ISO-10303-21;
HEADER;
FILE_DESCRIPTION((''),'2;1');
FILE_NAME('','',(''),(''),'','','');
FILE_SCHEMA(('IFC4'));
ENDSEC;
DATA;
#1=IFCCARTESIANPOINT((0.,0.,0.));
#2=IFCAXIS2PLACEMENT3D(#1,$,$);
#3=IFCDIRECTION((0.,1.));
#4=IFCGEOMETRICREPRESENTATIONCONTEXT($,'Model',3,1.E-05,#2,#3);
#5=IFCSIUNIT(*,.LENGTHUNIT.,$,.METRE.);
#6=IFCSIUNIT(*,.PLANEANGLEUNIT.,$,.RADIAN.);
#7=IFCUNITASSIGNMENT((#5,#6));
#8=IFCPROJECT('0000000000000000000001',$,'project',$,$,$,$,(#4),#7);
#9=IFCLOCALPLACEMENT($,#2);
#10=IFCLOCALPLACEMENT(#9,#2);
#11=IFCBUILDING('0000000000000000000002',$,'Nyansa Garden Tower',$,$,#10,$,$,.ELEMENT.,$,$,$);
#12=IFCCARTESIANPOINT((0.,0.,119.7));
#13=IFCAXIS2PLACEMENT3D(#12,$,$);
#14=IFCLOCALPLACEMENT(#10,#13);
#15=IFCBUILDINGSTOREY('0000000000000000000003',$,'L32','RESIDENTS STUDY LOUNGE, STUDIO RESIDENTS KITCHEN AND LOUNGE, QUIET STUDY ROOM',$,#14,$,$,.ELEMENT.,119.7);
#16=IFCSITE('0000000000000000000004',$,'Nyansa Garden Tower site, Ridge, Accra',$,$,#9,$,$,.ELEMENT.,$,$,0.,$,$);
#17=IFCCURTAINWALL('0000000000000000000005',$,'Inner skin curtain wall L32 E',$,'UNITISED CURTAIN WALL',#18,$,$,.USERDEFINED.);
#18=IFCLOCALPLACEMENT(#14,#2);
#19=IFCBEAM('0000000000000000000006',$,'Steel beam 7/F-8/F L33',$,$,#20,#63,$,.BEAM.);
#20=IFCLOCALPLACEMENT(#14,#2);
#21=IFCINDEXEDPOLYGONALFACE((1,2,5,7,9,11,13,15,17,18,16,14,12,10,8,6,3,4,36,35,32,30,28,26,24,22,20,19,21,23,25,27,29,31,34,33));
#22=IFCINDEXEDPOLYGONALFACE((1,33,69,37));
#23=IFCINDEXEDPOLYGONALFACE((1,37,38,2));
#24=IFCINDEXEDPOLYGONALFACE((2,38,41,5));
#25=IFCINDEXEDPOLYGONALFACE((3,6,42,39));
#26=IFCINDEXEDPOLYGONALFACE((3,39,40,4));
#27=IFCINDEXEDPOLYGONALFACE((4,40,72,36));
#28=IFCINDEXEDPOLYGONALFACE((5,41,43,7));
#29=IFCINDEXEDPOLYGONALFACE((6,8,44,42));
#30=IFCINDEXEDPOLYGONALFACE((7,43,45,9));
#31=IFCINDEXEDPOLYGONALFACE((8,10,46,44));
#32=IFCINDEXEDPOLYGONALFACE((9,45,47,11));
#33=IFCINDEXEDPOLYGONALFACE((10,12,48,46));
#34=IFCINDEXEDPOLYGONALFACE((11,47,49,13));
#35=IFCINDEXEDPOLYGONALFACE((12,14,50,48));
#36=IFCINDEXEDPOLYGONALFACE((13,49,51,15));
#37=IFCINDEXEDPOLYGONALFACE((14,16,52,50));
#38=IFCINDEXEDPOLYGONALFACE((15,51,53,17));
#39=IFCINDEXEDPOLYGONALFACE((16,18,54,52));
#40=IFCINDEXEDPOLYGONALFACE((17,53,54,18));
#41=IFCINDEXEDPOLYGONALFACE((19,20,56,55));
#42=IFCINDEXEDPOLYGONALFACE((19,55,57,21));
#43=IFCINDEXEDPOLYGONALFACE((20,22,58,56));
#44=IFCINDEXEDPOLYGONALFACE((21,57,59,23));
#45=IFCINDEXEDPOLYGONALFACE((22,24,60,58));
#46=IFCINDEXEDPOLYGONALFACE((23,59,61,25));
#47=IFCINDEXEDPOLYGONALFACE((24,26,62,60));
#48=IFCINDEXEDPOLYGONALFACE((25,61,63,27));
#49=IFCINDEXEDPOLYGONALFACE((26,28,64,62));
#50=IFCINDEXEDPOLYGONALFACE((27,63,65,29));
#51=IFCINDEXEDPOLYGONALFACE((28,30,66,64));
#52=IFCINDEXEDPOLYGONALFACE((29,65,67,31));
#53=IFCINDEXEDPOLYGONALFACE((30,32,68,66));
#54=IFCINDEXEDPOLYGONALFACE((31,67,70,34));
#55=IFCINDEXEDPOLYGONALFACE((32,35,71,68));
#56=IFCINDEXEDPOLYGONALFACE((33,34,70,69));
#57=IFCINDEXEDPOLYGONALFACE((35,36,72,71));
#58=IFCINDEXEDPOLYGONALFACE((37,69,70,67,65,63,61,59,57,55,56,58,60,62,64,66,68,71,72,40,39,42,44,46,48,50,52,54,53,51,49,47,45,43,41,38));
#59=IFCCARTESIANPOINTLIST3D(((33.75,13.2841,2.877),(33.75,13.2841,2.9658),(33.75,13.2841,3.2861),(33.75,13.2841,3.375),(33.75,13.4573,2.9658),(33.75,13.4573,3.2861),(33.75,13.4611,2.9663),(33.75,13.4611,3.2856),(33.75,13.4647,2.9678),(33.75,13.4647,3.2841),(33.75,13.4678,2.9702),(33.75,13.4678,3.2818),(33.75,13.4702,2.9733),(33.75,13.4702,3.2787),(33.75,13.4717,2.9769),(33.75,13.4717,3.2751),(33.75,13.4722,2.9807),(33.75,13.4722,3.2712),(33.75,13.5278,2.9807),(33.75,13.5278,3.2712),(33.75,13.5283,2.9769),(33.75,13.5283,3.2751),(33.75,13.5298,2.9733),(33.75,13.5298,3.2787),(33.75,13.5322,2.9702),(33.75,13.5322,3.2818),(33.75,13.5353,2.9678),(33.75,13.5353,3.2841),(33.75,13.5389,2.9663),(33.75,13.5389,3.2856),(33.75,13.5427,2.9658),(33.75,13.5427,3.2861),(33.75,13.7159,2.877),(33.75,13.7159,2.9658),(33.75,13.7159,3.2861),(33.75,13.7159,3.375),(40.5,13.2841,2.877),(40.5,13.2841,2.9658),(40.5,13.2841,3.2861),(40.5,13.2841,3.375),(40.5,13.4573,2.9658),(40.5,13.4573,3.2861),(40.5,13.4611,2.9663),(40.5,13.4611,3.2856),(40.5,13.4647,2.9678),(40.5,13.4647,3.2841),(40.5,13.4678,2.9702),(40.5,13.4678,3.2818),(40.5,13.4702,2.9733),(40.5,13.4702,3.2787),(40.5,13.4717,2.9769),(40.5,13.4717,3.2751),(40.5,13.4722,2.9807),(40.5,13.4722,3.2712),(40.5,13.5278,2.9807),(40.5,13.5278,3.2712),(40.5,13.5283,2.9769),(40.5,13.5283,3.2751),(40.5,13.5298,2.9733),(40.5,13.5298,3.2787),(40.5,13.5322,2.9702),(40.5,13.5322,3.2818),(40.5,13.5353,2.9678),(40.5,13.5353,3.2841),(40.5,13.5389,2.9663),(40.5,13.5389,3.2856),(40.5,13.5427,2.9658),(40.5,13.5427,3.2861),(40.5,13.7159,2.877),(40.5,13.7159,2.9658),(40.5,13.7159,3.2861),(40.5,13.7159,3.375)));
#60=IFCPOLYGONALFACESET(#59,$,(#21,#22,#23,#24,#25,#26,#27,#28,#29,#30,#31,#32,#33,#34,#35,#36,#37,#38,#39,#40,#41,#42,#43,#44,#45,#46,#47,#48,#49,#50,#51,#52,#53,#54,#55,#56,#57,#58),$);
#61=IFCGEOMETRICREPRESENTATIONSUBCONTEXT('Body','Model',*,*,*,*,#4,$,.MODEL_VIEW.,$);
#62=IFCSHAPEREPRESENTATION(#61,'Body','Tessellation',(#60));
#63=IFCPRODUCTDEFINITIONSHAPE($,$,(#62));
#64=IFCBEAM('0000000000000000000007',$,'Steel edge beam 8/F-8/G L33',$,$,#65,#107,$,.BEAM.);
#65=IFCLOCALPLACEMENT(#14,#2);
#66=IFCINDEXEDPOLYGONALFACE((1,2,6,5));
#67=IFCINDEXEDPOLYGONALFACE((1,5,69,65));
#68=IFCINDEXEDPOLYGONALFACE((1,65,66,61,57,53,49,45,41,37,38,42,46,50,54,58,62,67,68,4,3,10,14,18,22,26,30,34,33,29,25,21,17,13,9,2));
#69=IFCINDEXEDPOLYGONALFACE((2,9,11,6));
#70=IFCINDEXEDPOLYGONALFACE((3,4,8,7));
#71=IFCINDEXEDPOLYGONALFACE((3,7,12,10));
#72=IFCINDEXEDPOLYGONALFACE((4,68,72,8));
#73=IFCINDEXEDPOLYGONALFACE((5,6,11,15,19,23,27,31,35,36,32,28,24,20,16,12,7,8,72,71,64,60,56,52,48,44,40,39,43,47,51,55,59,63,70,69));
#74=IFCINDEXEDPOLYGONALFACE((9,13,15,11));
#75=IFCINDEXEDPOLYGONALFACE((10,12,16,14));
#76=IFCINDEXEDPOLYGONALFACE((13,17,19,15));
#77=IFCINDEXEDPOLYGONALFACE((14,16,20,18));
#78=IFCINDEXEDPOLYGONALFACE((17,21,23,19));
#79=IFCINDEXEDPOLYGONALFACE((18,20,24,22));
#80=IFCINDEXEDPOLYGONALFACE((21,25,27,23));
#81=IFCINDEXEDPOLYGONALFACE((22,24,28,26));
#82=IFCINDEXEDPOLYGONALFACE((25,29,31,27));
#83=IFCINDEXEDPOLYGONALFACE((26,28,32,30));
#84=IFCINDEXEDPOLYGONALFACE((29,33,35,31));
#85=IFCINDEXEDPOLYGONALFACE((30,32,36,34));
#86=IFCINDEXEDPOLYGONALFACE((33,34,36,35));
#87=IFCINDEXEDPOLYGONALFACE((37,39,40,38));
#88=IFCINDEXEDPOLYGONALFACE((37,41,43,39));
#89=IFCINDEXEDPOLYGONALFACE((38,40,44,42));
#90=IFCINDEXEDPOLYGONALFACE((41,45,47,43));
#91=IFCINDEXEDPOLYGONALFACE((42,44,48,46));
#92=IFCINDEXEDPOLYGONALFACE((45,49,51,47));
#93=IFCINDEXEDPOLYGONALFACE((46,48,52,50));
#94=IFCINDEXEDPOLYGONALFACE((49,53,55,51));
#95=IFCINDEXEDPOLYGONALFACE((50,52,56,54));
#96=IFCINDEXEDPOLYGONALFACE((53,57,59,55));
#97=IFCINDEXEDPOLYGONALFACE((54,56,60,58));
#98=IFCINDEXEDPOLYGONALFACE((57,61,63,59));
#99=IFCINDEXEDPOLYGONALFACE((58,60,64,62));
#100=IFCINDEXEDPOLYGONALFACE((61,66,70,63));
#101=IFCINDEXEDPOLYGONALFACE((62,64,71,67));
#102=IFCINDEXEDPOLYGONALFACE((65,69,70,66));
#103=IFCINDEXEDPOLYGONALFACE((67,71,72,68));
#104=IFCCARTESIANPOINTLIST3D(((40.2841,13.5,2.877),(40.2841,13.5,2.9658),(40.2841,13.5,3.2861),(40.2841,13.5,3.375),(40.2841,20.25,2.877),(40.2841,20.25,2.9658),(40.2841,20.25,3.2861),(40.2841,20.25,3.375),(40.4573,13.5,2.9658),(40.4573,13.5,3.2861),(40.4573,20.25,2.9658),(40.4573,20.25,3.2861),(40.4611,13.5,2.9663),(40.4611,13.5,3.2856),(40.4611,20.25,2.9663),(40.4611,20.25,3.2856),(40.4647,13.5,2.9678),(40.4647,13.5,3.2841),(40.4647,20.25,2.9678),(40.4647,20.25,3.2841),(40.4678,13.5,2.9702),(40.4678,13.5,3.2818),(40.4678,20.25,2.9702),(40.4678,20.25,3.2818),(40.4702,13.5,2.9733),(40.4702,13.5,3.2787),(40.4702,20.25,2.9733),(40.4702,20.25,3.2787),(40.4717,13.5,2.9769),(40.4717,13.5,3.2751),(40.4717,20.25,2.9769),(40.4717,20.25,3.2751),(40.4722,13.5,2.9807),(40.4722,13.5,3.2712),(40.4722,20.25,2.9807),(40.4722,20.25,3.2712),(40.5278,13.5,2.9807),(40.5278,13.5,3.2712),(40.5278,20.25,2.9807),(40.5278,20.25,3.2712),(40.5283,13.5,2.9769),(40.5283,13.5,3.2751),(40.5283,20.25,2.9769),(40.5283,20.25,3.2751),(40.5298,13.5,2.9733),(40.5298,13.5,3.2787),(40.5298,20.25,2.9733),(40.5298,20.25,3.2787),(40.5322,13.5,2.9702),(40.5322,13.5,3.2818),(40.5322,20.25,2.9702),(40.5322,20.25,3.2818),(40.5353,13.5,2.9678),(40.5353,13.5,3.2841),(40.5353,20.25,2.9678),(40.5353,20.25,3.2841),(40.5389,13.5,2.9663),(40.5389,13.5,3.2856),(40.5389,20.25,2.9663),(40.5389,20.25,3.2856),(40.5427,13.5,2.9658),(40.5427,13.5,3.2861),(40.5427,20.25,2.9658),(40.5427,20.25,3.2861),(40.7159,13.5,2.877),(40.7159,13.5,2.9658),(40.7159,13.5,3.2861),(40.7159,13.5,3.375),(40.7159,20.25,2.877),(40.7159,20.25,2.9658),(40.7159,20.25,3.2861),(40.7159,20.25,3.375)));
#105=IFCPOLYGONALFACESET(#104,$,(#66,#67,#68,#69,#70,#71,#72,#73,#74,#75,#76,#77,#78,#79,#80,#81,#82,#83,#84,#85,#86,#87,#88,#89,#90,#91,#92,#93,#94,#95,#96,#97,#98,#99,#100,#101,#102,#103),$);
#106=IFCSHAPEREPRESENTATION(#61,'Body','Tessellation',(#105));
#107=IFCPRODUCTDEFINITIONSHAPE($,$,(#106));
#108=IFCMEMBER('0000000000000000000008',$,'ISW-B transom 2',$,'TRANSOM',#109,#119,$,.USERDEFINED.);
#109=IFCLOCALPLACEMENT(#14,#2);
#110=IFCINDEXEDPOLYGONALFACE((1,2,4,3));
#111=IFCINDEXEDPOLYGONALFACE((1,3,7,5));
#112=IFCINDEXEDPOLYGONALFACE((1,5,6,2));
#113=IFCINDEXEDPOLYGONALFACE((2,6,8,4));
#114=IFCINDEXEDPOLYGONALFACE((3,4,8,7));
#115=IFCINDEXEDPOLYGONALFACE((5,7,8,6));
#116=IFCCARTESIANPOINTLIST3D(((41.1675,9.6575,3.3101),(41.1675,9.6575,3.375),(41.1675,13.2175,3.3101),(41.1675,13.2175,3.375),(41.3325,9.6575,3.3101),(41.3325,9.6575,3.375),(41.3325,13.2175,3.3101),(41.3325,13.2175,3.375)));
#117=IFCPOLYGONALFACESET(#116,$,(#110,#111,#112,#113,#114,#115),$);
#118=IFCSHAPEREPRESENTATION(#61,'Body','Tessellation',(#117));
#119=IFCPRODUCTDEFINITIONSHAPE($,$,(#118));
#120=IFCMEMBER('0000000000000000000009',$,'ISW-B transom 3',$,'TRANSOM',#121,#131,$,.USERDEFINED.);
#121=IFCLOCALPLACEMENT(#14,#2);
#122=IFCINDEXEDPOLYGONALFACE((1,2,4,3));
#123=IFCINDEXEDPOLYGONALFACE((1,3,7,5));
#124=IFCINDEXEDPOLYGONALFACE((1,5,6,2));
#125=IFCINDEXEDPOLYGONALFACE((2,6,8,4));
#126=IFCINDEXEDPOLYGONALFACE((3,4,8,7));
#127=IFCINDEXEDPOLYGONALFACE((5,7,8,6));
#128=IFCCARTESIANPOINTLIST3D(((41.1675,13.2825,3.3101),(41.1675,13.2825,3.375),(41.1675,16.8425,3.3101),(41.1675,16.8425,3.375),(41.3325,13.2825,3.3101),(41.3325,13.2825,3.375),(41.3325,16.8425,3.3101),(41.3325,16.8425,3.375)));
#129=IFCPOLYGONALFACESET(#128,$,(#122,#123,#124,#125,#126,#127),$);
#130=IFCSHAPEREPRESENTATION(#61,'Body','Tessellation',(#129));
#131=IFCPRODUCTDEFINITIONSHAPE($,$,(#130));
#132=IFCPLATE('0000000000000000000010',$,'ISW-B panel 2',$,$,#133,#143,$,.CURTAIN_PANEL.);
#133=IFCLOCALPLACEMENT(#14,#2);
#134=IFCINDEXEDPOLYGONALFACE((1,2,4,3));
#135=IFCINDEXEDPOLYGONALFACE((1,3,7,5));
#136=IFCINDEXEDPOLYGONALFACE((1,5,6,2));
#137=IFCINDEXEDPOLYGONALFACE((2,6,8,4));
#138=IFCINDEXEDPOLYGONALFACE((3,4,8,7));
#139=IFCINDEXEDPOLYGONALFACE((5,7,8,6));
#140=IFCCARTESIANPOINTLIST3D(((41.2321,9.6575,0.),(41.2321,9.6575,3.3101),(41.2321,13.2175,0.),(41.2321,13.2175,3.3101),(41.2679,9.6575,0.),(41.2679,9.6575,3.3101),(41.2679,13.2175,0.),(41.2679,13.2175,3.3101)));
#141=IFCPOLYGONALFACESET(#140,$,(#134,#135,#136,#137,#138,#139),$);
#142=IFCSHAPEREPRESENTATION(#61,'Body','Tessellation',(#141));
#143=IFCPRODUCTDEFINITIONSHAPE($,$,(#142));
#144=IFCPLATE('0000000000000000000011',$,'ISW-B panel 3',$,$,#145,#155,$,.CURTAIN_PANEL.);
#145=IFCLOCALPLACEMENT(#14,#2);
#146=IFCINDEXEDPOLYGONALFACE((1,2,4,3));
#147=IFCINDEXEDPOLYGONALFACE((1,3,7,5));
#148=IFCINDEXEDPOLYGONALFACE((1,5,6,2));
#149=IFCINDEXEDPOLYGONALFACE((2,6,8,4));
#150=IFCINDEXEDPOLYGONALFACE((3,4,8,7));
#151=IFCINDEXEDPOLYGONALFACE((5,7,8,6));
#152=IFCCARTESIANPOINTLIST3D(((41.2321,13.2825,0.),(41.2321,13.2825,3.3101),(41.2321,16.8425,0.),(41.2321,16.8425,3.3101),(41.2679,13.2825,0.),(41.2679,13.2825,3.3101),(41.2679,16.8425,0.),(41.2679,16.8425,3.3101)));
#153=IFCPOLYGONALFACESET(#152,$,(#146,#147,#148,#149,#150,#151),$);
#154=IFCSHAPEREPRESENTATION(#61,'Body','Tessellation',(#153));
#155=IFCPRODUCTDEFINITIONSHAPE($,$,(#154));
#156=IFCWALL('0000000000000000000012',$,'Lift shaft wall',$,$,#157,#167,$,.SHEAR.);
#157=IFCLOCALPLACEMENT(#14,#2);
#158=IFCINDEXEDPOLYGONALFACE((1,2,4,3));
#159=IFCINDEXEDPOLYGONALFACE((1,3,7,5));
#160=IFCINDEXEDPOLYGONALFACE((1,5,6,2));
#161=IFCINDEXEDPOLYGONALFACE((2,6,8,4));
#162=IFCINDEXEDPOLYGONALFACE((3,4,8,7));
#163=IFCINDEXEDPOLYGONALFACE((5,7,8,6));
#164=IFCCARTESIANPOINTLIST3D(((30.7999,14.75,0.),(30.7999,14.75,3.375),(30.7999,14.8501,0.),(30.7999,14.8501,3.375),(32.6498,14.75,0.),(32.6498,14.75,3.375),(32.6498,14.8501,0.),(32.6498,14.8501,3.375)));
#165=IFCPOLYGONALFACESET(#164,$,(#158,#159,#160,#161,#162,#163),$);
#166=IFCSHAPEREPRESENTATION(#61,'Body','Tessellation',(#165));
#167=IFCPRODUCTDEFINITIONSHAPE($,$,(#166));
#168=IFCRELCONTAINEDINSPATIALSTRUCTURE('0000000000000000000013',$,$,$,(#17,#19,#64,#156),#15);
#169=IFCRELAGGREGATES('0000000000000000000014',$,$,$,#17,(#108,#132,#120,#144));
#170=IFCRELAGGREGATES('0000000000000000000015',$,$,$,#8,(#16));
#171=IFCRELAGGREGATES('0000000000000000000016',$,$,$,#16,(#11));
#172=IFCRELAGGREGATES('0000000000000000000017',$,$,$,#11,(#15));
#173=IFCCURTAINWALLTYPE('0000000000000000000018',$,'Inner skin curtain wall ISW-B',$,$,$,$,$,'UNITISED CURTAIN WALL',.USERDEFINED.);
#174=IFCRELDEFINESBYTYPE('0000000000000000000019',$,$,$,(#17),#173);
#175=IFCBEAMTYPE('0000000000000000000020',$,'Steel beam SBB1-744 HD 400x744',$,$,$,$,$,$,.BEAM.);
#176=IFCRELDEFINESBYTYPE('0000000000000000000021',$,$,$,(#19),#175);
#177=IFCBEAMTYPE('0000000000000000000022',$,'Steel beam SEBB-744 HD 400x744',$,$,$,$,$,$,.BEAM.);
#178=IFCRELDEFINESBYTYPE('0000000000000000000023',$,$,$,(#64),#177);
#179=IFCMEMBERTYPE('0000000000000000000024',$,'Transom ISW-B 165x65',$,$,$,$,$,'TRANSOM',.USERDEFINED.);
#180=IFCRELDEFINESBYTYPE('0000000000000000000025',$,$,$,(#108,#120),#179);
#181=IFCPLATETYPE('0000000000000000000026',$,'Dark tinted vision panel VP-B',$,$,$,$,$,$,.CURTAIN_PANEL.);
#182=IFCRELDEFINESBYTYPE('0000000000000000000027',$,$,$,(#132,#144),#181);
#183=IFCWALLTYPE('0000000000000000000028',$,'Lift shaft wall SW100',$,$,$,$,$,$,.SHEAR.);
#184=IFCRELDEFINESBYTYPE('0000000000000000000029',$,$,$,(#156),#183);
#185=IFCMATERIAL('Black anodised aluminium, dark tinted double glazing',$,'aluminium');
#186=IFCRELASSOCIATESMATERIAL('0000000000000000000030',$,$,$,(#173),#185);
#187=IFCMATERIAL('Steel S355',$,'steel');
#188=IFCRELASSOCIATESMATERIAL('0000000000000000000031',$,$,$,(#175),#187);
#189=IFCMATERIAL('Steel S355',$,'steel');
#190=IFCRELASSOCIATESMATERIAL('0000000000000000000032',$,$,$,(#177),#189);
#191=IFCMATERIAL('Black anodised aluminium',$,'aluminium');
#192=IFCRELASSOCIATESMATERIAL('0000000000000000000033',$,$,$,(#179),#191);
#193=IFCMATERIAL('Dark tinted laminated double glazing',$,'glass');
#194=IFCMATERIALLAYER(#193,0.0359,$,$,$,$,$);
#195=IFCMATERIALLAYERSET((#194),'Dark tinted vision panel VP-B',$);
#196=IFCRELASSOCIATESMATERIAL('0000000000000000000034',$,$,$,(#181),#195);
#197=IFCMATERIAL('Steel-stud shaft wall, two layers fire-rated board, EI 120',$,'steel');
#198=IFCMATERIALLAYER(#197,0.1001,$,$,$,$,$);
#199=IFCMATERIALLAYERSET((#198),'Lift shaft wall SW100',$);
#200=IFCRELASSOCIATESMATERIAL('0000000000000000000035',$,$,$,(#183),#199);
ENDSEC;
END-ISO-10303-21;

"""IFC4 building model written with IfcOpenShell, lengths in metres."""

from ifc_helpers import new_model, si_unit, direction, frame, frame_2d, origin, origin_2d, place, context, subcontext, project, spatial, rectangle, i_section, extrude, material, layer, layer_set, material_profile, profile_set, type_object, element, aggregate, save


model = new_model("IFC4")

# Units and contexts
model_context = context("Model", 3, precision=1e-05, world=origin(), true_north=direction((0.0, 1.0)))
body_context = subcontext(model_context, "Body", "Model", "MODEL_VIEW")
ifc_project = project(units=[si_unit("LENGTHUNIT", "METRE"), si_unit("PLANEANGLEUNIT", "RADIAN")], contexts=[model_context])

# Site, building, storey
site_placement = place(None, origin())
site = spatial("IfcSite", under=ifc_project, at=site_placement, Name="Nyansa Garden Tower site, Ridge, Accra", CompositionType="ELEMENT", RefElevation=0.0)
building_placement = place(site_placement, origin())
building = spatial("IfcBuilding", under=site, at=building_placement, Name="Nyansa Garden Tower", CompositionType="ELEMENT")
storey_placement = place(building_placement, frame((0.0, 0.0, 119.7)))
storey = spatial("IfcBuildingStorey", under=building, at=storey_placement, Name="L32", Description="RESIDENTS STUDY LOUNGE, STUDIO RESIDENTS KITCHEN AND LOUNGE, QUIET STUDY ROOM", CompositionType="ELEMENT", Elevation=119.7)

# Curtain wall
ifc_material_1 = material(Name="Black anodised aluminium, dark tinted double glazing", Category="aluminium")
curtain_wall_type = type_object("IfcCurtainWallType", Name="Inner skin curtain wall ISW-B", ElementType="UNITISED CURTAIN WALL", PredefinedType="USERDEFINED", material=ifc_material_1)
curtain_wall_placement = place(storey_placement, origin())
curtain_wall = element("IfcCurtainWall", 1, at=curtain_wall_placement, inside=storey, type_object=curtain_wall_type, Name="Inner skin curtain wall L32 E", ObjectType="UNITISED CURTAIN WALL", PredefinedType="USERDEFINED")

# Beams
ifc_material_2 = material(Name="Steel S355", Category="steel")
ifc_material_profile_1 = material_profile(ifc_material_2, i_section(OverallWidth=0.4319, OverallDepth=0.498, WebThickness=0.0557, FlangeThickness=0.0889, FilletRadius=0.0149, at=origin_2d()), Name="HD 400x744")
ifc_profile_set_1 = profile_set([ifc_material_profile_1], Name="Steel S355")
beam_type_1 = type_object("IfcBeamType", Name="Steel beam SBB1-744 HD 400x744", PredefinedType="BEAM", material=ifc_profile_set_1)
for number, where, z_axis, x_axis, name in (
    (2, (33.75, 13.5, 3.126), (1.0, 0.0, 0.0), (0.0, 1.0, 0.0), "Steel beam 7/F-8/F L33"),
):
    element("IfcBeam", number, at=place(storey_placement, frame(where, z_axis=z_axis, x_axis=x_axis)), inside=storey, type_object=beam_type_1, Name=name, PredefinedType="BEAM", context=body_context, shape_type="SweptSolid", body=[
        extrude(i_section(OverallWidth=0.4319, OverallDepth=0.498, WebThickness=0.0557, FlangeThickness=0.0889, FilletRadius=0.0149, at=origin_2d()), origin(), (0.0, 0.0, 1.0), 6.75),
    ])
ifc_material_3 = material(Name="Steel S355", Category="steel")
ifc_material_profile_2 = material_profile(ifc_material_3, i_section(OverallWidth=0.4319, OverallDepth=0.498, WebThickness=0.0557, FlangeThickness=0.0889, FilletRadius=0.0149, at=origin_2d()), Name="HD 400x744")
ifc_profile_set_2 = profile_set([ifc_material_profile_2], Name="Steel S355")
beam_type_2 = type_object("IfcBeamType", Name="Steel beam SEBB-744 HD 400x744", PredefinedType="BEAM", material=ifc_profile_set_2)
beam_1_placement = place(storey_placement, frame((40.5, 13.5, 3.126), z_axis=(0.0, 1.0, 0.0), x_axis=(-1.0, 0.0, 0.0)))
element("IfcBeam", 3, at=beam_1_placement, inside=storey, type_object=beam_type_2, Name="Steel edge beam 8/F-8/G L33", PredefinedType="BEAM", context=body_context, shape_type="SweptSolid", body=[
    extrude(i_section(OverallWidth=0.4319, OverallDepth=0.498, WebThickness=0.0557, FlangeThickness=0.0889, FilletRadius=0.0149, at=origin_2d()), origin(), (0.0, 0.0, 1.0), 6.75),
])

# Members
ifc_material_4 = material(Name="Black anodised aluminium", Category="aluminium")
ifc_material_profile_3 = material_profile(ifc_material_4, rectangle(XDim=0.165, YDim=0.0649, at=origin_2d()), Name="Transom 165x65")
ifc_profile_set_3 = profile_set([ifc_material_profile_3], Name="Black anodised aluminium")
member_type_1 = type_object("IfcMemberType", Name="Transom ISW-B 165x65", ElementType="TRANSOM", PredefinedType="USERDEFINED", material=ifc_profile_set_3)
member_1_placement = place(storey_placement, frame((41.25, 9.6575, 3.3425), z_axis=(0.0, 1.0, 0.0), x_axis=(-1.0, 0.0, 0.0)))
member_1 = element("IfcMember", 4, at=member_1_placement, type_object=member_type_1, Name="ISW-B transom 2", ObjectType="TRANSOM", PredefinedType="USERDEFINED", context=body_context, shape_type="SweptSolid", body=[
    extrude(rectangle(XDim=0.165, YDim=0.0649, at=origin_2d()), origin(), (0.0, 0.0, 1.0), 3.5601),
])
member_2_placement = place(storey_placement, frame((41.25, 13.2825, 3.3425), z_axis=(0.0, 1.0, 0.0), x_axis=(-1.0, 0.0, 0.0)))
member_2 = element("IfcMember", 5, at=member_2_placement, type_object=member_type_1, Name="ISW-B transom 3", ObjectType="TRANSOM", PredefinedType="USERDEFINED", context=body_context, shape_type="SweptSolid", body=[
    extrude(rectangle(XDim=0.165, YDim=0.0649, at=origin_2d()), origin(), (0.0, 0.0, 1.0), 3.5601),
])

# Plates
ifc_material_5 = material(Name="Dark tinted laminated double glazing", Category="glass")
ifc_layer_1 = layer(ifc_material_5, 0.0359)
ifc_layer_set_1 = layer_set([ifc_layer_1], Name="Dark tinted vision panel VP-B")
plate_type = type_object("IfcPlateType", Name="Dark tinted vision panel VP-B", PredefinedType="CURTAIN_PANEL", material=ifc_layer_set_1)
plate_1_placement = place(storey_placement, frame((41.25, 11.4375, 0.0), z_axis=(0.0, 0.0, 1.0), x_axis=(0.0, 1.0, 0.0)))
plate_1 = element("IfcPlate", 6, at=plate_1_placement, type_object=plate_type, Name="ISW-B panel 2", PredefinedType="CURTAIN_PANEL", context=body_context, shape_type="SweptSolid", body=[
    extrude(rectangle(XDim=3.5601, YDim=0.0359, at=origin_2d()), origin(), (0.0, 0.0, 1.0), 3.3101),
])
plate_2_placement = place(storey_placement, frame((41.25, 15.0625, 0.0), z_axis=(0.0, 0.0, 1.0), x_axis=(0.0, 1.0, 0.0)))
plate_2 = element("IfcPlate", 7, at=plate_2_placement, type_object=plate_type, Name="ISW-B panel 3", PredefinedType="CURTAIN_PANEL", context=body_context, shape_type="SweptSolid", body=[
    extrude(rectangle(XDim=3.5601, YDim=0.0359, at=origin_2d()), origin(), (0.0, 0.0, 1.0), 3.3101),
])
aggregate(curtain_wall, [member_1, plate_1, member_2, plate_2])

# Wall
ifc_material_6 = material(Name="Steel-stud shaft wall, two layers fire-rated board, EI 120", Category="steel")
ifc_layer_2 = layer(ifc_material_6, 0.1001)
ifc_layer_set_2 = layer_set([ifc_layer_2], Name="Lift shaft wall SW100")
wall_type_1 = type_object("IfcWallType", Name="Lift shaft wall SW100", PredefinedType="SHEAR", material=ifc_layer_set_2)
wall_1_placement = place(storey_placement, frame((30.8, 14.8, 0.0), z_axis=(0.0, 0.0, 1.0), x_axis=(1.0, 0.0, 0.0)))
element("IfcWall", 8, at=wall_1_placement, inside=storey, type_object=wall_type_1, Name="Lift shaft wall", PredefinedType="SHEAR", context=body_context, shape_type="SweptSolid", body=[
    extrude(rectangle(XDim=1.8499, YDim=0.1001, at=frame_2d((0.9248, 0.0))), origin(), (0.0, 0.0, 1.0), 3.375),
])

save(model, "model.ifc")
